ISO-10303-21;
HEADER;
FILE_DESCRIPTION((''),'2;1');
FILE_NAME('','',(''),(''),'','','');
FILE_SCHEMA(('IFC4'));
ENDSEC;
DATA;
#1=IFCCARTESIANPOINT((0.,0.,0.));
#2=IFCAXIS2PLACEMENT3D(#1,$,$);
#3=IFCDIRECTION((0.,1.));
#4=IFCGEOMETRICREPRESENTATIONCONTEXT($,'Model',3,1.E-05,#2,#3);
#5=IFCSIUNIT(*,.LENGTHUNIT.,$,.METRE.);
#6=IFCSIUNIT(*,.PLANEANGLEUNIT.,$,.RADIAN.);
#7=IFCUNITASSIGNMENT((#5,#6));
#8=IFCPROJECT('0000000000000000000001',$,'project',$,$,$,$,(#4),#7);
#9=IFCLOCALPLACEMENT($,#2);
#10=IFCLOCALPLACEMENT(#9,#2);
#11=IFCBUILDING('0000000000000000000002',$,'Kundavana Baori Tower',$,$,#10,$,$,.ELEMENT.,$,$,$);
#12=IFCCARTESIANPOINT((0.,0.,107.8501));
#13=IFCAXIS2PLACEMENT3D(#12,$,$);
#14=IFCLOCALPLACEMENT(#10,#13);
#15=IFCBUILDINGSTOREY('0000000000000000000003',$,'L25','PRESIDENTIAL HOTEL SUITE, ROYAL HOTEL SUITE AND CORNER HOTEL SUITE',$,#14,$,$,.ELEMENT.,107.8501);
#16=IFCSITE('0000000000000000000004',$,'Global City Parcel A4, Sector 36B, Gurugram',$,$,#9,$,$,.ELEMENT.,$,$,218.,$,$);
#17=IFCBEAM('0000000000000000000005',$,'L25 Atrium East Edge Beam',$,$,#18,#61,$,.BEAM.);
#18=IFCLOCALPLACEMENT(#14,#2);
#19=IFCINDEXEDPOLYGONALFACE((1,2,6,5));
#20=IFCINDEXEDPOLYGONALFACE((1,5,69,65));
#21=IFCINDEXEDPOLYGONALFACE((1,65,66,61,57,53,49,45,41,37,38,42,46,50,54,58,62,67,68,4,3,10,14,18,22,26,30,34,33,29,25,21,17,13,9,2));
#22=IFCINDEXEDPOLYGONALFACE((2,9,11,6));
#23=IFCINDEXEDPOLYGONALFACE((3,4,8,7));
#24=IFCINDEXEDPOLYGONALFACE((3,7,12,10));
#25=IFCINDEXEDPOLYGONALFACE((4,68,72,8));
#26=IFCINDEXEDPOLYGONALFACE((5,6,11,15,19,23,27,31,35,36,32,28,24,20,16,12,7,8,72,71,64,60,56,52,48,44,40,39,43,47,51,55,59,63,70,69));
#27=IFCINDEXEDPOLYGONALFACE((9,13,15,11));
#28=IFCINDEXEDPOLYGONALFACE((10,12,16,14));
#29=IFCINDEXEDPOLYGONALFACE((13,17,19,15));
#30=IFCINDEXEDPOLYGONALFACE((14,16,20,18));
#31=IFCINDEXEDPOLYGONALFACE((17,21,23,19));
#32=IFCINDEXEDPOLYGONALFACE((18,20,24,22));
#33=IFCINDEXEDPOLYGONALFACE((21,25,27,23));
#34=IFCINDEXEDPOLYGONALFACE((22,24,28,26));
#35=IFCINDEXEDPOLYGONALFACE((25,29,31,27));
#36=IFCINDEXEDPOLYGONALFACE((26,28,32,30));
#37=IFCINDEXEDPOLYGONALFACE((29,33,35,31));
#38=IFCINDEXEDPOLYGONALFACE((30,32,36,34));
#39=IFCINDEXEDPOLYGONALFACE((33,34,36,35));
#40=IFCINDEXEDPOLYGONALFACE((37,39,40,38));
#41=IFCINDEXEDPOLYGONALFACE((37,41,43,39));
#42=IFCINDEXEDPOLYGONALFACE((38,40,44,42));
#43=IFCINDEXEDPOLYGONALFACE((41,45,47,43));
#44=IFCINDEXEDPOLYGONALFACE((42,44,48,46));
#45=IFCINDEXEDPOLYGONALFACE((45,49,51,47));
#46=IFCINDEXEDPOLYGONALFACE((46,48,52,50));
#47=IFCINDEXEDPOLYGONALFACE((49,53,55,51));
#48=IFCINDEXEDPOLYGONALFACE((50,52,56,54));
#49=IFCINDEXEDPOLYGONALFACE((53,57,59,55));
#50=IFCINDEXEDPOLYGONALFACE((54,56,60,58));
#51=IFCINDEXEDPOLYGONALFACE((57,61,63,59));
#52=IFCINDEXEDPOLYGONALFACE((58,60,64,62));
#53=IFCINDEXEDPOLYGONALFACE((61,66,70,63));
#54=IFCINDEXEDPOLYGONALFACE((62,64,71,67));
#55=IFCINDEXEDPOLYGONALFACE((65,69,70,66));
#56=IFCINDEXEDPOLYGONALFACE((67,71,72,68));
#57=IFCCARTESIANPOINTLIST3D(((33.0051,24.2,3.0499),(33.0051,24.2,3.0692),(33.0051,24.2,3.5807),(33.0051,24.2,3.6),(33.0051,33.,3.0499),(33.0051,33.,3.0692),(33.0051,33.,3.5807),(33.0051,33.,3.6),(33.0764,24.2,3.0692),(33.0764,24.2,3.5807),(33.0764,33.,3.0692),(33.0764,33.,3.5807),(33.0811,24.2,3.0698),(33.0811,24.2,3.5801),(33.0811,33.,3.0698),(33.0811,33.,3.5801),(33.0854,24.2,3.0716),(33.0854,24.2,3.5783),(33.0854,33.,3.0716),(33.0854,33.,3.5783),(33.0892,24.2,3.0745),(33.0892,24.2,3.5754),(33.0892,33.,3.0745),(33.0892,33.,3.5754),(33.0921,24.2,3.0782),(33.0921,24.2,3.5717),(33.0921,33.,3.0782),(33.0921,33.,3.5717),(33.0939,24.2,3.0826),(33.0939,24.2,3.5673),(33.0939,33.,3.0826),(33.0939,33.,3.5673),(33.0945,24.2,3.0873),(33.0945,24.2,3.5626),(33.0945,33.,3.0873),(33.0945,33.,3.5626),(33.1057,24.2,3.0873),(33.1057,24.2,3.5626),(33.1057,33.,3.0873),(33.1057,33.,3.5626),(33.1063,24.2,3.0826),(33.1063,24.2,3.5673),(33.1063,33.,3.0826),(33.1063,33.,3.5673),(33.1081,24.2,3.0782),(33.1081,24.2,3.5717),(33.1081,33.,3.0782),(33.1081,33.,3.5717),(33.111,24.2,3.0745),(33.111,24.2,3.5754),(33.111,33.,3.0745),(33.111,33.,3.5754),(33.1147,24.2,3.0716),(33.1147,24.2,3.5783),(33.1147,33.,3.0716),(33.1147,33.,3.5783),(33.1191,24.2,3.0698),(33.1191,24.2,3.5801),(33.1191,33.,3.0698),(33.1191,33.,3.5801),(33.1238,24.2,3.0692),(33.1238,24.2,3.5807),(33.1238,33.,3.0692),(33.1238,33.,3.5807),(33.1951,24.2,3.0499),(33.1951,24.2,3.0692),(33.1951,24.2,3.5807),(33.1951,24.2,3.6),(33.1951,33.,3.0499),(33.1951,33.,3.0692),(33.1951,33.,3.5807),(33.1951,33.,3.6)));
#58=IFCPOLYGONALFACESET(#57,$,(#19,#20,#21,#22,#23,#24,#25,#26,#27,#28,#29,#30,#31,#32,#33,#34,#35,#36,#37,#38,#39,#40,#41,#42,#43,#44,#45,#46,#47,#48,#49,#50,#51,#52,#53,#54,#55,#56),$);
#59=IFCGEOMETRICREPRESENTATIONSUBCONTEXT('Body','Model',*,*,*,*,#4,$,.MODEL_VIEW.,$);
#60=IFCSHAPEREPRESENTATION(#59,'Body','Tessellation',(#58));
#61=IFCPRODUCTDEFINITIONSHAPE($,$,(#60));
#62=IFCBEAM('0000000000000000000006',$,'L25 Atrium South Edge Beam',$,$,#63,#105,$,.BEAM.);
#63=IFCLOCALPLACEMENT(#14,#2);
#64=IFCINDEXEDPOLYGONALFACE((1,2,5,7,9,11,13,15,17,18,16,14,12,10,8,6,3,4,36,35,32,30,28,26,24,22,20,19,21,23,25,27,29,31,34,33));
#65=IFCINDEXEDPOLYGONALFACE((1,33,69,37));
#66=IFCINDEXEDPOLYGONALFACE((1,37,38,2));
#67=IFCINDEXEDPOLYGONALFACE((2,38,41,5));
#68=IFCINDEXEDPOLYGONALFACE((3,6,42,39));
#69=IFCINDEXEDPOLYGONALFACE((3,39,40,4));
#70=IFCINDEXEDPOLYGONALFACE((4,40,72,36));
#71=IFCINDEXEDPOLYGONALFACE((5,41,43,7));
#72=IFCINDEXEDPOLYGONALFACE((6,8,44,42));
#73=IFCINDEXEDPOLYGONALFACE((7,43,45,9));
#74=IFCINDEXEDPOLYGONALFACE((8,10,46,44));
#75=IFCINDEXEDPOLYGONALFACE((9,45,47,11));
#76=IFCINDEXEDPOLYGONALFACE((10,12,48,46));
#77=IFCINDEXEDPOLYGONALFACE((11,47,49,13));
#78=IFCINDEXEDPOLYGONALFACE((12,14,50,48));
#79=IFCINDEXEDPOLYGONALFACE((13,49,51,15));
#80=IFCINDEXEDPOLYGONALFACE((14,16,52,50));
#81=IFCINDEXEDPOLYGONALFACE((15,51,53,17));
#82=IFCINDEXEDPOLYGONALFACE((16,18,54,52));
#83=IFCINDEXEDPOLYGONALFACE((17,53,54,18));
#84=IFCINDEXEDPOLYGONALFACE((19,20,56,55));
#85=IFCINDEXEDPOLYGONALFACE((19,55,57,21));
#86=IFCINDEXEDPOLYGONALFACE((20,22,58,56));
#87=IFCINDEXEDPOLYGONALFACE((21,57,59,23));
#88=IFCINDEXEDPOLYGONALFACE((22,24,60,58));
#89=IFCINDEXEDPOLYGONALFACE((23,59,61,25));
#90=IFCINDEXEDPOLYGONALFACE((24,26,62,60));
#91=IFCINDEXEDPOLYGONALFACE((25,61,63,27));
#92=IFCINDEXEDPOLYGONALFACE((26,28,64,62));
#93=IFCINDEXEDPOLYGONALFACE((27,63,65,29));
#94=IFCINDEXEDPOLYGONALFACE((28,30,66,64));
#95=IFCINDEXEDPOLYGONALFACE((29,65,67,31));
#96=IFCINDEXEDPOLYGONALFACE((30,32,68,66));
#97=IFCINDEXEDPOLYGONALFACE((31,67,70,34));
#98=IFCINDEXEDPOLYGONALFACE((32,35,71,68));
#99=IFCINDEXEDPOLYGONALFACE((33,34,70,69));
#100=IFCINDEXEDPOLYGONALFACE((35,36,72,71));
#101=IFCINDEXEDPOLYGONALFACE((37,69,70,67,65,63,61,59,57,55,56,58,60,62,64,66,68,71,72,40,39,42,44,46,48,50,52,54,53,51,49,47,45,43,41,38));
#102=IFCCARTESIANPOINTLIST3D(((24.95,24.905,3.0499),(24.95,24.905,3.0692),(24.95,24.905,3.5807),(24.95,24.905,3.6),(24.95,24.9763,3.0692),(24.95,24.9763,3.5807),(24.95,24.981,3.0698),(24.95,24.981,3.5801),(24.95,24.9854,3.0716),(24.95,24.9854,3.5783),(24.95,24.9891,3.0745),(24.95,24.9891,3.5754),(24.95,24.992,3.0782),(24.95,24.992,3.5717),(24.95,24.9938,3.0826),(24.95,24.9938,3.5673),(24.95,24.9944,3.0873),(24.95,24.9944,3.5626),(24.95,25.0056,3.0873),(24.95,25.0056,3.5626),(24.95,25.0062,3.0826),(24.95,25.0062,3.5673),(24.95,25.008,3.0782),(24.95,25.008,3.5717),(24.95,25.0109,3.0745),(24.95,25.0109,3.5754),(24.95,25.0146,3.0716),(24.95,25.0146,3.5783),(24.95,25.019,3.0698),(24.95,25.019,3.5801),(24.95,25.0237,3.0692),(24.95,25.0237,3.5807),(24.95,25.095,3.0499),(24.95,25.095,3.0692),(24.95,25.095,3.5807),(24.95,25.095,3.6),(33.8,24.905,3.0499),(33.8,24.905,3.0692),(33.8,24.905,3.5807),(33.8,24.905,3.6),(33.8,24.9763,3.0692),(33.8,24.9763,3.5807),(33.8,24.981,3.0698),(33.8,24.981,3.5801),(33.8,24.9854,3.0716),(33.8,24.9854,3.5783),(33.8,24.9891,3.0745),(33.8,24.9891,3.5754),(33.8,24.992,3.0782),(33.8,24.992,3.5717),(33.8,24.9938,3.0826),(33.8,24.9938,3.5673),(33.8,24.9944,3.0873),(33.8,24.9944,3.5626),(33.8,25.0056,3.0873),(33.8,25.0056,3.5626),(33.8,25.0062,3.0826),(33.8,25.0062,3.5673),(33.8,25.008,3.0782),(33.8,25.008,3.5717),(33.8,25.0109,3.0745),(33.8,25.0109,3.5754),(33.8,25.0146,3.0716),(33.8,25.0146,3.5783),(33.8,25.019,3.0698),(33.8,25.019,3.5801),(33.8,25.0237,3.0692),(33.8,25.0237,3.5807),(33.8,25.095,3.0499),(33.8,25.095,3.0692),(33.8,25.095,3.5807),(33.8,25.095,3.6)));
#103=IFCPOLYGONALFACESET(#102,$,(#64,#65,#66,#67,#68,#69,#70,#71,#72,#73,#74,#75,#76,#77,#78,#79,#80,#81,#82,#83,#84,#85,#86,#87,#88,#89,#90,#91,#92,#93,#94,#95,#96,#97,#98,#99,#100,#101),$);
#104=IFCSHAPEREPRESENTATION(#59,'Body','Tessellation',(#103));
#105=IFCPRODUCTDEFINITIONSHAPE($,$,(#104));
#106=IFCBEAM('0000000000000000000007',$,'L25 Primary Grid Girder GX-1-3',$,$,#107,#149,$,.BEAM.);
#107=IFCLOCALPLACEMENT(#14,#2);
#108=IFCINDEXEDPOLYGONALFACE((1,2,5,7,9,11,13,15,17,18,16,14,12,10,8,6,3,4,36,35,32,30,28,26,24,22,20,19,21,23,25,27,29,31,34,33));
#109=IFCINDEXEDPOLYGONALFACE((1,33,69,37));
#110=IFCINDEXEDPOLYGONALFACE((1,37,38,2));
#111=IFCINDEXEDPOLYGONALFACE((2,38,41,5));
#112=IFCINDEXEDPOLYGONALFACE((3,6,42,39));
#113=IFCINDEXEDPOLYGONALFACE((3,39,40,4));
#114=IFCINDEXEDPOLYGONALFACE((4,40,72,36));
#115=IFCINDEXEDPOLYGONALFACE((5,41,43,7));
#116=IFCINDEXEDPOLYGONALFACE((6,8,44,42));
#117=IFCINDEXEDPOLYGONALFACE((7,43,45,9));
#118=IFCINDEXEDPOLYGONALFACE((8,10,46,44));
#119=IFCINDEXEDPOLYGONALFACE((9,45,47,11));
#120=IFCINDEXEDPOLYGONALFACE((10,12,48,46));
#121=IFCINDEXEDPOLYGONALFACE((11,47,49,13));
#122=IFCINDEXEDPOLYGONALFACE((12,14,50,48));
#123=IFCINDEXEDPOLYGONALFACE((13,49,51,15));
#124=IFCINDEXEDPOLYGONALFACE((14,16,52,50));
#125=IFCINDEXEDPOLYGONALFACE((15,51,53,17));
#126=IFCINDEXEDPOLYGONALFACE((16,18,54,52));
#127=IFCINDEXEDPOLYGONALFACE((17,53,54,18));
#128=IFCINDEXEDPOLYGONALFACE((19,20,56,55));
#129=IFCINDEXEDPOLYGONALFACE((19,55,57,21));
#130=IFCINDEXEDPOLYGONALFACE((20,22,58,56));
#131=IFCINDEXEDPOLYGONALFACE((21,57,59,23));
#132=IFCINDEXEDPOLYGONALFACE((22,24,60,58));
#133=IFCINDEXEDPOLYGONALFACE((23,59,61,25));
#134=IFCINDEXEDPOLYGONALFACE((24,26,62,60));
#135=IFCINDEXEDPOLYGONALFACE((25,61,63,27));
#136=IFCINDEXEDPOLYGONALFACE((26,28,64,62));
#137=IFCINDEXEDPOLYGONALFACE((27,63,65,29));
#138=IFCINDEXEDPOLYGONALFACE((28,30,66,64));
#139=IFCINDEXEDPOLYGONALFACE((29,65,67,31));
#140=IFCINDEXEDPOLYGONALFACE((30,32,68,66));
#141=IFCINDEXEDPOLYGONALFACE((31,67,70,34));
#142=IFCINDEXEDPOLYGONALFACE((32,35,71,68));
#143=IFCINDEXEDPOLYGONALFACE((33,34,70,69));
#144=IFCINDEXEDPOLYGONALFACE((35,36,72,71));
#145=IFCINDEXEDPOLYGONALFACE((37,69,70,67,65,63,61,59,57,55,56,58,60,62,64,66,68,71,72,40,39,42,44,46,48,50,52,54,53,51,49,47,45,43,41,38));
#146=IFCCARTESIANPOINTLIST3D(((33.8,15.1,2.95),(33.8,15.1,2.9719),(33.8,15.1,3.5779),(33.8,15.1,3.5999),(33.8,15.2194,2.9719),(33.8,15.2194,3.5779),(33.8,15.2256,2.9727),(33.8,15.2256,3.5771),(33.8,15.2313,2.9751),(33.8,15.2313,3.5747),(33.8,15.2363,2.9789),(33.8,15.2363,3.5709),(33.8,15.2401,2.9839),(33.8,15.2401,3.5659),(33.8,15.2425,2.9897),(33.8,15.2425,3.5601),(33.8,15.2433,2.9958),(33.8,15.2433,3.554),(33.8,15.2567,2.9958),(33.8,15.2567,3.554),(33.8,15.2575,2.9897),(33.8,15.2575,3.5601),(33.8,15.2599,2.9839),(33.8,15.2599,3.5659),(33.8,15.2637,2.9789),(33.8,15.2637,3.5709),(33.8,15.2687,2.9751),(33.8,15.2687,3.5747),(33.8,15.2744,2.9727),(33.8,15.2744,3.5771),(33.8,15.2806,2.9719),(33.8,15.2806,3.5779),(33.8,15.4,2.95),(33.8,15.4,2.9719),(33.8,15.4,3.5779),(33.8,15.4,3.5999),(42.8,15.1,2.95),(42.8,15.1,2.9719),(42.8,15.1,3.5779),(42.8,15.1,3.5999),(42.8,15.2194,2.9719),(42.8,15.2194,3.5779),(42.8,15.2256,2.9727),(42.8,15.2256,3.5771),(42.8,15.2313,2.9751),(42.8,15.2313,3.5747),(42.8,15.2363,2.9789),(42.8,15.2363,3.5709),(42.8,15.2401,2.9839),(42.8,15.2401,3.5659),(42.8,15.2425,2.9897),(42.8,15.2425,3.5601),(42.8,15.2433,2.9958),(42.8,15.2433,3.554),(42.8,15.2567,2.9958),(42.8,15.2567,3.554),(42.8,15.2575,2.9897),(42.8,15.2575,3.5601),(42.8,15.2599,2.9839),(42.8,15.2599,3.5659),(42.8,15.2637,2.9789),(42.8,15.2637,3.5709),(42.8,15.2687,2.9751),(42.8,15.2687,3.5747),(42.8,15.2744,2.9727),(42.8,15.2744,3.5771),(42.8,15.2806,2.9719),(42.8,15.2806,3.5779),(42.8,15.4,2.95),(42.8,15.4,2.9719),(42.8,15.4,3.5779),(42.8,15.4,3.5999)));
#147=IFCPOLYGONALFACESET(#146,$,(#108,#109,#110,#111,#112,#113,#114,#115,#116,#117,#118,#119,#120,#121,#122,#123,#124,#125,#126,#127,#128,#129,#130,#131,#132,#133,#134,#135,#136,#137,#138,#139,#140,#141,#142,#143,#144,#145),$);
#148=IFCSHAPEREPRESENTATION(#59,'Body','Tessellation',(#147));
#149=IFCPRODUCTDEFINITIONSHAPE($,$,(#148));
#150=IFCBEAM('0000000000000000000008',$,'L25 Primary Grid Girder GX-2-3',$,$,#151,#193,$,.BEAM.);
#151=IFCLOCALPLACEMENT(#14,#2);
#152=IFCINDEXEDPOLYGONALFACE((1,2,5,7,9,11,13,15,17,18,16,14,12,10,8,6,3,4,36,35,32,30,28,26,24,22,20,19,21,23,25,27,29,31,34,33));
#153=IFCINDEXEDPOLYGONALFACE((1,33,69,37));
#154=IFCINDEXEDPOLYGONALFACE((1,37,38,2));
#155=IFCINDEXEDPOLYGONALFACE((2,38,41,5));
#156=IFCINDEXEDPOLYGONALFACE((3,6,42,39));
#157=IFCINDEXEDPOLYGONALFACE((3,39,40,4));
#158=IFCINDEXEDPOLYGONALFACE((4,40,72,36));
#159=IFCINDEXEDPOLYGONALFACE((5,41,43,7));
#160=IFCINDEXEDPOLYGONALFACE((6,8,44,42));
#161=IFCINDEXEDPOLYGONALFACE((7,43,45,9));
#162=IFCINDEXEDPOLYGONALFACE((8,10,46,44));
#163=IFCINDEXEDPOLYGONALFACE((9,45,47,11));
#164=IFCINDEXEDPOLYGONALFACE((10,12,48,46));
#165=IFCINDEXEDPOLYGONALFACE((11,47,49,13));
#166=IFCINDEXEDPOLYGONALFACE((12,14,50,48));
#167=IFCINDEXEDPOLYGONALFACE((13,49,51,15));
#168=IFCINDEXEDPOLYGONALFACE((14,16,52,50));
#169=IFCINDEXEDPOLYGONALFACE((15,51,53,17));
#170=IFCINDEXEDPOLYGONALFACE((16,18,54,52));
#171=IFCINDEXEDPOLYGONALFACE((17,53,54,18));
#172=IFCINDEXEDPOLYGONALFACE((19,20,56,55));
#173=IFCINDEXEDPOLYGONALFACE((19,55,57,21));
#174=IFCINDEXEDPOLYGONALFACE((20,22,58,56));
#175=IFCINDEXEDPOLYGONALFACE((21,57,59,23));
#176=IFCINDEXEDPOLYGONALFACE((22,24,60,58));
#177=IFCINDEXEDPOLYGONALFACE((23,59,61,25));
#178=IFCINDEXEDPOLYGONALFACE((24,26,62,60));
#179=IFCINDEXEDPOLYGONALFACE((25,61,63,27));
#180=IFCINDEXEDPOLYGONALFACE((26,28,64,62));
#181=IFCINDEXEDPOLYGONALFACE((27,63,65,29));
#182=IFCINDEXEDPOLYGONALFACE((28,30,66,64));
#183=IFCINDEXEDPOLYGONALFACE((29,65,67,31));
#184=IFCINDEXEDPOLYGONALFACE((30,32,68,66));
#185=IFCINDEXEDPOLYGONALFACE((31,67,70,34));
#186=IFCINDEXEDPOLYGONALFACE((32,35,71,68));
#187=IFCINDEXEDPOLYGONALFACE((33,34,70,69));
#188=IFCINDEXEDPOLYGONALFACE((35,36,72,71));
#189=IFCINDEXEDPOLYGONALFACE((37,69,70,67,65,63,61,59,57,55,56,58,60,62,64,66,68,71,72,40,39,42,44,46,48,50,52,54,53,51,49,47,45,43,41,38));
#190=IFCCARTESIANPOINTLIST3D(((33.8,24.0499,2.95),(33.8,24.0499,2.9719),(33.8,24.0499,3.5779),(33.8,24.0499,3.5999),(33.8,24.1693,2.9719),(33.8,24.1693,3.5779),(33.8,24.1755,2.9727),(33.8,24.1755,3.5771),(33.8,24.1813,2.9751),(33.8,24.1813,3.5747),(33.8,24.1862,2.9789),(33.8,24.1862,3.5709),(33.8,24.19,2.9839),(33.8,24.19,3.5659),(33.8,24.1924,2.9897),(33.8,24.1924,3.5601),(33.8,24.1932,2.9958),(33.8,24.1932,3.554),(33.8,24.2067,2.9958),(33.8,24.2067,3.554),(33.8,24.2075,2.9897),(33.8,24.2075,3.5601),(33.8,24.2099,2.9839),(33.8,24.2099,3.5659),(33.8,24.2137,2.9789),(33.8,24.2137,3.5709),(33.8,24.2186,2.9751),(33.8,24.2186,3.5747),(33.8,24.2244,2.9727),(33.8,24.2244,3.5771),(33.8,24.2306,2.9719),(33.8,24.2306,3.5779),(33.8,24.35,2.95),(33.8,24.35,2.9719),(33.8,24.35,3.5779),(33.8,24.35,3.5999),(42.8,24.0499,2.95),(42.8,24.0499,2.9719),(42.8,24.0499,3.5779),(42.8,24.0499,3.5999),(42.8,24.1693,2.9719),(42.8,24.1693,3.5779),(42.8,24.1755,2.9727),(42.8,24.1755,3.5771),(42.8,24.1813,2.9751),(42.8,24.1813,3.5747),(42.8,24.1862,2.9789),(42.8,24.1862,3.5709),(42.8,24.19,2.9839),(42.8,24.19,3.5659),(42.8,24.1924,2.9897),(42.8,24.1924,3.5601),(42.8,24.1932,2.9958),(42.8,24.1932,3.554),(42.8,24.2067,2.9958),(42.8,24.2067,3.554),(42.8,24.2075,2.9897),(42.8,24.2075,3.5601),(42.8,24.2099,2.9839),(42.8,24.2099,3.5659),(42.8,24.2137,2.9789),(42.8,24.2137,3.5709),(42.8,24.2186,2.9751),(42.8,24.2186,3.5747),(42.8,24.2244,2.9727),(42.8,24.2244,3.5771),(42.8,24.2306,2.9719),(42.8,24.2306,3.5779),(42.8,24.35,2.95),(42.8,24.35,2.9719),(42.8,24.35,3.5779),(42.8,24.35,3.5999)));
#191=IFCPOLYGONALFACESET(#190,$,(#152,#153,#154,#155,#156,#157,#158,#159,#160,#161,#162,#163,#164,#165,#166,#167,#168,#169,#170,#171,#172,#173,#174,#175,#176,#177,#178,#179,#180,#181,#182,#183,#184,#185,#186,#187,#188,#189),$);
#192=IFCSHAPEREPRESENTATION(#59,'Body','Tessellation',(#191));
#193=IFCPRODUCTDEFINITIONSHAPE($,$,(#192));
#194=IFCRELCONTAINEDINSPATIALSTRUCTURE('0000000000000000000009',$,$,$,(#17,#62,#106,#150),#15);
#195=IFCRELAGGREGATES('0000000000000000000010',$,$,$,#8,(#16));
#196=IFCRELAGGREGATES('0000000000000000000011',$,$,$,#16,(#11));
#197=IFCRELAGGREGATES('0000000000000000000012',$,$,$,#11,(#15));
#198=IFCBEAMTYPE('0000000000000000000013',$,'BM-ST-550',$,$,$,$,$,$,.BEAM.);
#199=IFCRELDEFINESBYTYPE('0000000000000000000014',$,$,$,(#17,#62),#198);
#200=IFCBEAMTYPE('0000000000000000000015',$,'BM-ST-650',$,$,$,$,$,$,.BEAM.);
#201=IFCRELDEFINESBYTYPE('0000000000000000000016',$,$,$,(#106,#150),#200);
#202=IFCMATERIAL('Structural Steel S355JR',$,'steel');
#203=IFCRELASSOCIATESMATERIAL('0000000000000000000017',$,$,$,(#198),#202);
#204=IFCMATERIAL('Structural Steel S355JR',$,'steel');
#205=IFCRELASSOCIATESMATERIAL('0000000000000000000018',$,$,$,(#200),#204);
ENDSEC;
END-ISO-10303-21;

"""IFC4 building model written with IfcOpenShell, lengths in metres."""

from ifc_helpers import new_model, si_unit, direction, frame, origin, origin_2d, place, context, subcontext, project, spatial, i_section, extrude, material, material_profile, profile_set, type_object, element, save


model = new_model("IFC4")

# Units and contexts
model_context = context("Model", 3, precision=1e-05, world=origin(), true_north=direction((0.0, 1.0)))
body_context = subcontext(model_context, "Body", "Model", "MODEL_VIEW")
ifc_project = project(units=[si_unit("LENGTHUNIT", "METRE"), si_unit("PLANEANGLEUNIT", "RADIAN")], contexts=[model_context])

# Site, building, storey
site_placement = place(None, origin())
site = spatial("IfcSite", under=ifc_project, at=site_placement, Name="Global City Parcel A4, Sector 36B, Gurugram", CompositionType="ELEMENT", RefElevation=218.0)
building_placement = place(site_placement, origin())
building = spatial("IfcBuilding", under=site, at=building_placement, Name="Kundavana Baori Tower", CompositionType="ELEMENT")
storey_placement = place(building_placement, frame((0.0, 0.0, 107.8501)))
storey = spatial("IfcBuildingStorey", under=building, at=storey_placement, Name="L25", Description="PRESIDENTIAL HOTEL SUITE, ROYAL HOTEL SUITE AND CORNER HOTEL SUITE", CompositionType="ELEMENT", Elevation=107.8501)

# Beams
ifc_material_1 = material(Name="Structural Steel S355JR", Category="steel")
ifc_material_profile_1 = material_profile(ifc_material_1, i_section(OverallWidth=0.1899, OverallDepth=0.55, WebThickness=0.0112, FlangeThickness=0.0193, FilletRadius=0.0181, at=origin_2d()), Name="ISMB 550")
ifc_profile_set_1 = profile_set([ifc_material_profile_1], Name="Structural Steel S355JR")
beam_type_1 = type_object("IfcBeamType", Name="BM-ST-550", PredefinedType="BEAM", material=ifc_profile_set_1)
for number, where, z_axis, x_axis, name in (
    (1, (33.1001, 24.2, 3.325), (0.0, 1.0, 0.0), (-1.0, 0.0, 0.0), "L25 Atrium East Edge Beam"),
):
    element("IfcBeam", number, at=place(storey_placement, frame(where, z_axis=z_axis, x_axis=x_axis)), inside=storey, type_object=beam_type_1, Name=name, PredefinedType="BEAM", context=body_context, shape_type="SweptSolid", body=[
        extrude(i_section(OverallWidth=0.1899, OverallDepth=0.55, WebThickness=0.0112, FlangeThickness=0.0193, FilletRadius=0.0181, at=origin_2d()), origin(), (0.0, 0.0, 1.0), 8.8),
    ])
beam_1_placement = place(storey_placement, frame((24.95, 25.0, 3.325), z_axis=(1.0, 0.0, 0.0), x_axis=(0.0, 1.0, 0.0)))
element("IfcBeam", 2, at=beam_1_placement, inside=storey, type_object=beam_type_1, Name="L25 Atrium South Edge Beam", PredefinedType="BEAM", context=body_context, shape_type="SweptSolid", body=[
    extrude(i_section(OverallWidth=0.1899, OverallDepth=0.55, WebThickness=0.0112, FlangeThickness=0.0193, FilletRadius=0.0181, at=origin_2d()), origin(), (0.0, 0.0, 1.0), 8.8501),
])
ifc_material_2 = material(Name="Structural Steel S355JR", Category="steel")
ifc_material_profile_2 = material_profile(ifc_material_2, i_section(OverallWidth=0.3, OverallDepth=0.6499, WebThickness=0.0134, FlangeThickness=0.022, FilletRadius=0.0239, at=origin_2d()), Name="NPB 650x300x155")
ifc_profile_set_2 = profile_set([ifc_material_profile_2], Name="Structural Steel S355JR")
beam_type_2 = type_object("IfcBeamType", Name="BM-ST-650", PredefinedType="BEAM", material=ifc_profile_set_2)
for number, where, z_axis, x_axis, name in (
    (3, (33.8, 15.25, 3.2749), (1.0, 0.0, 0.0), (0.0, 1.0, 0.0), "L25 Primary Grid Girder GX-1-3"),
    (4, (33.8, 24.2, 3.2749), (1.0, 0.0, 0.0), (0.0, 1.0, 0.0), "L25 Primary Grid Girder GX-2-3"),
):
    element("IfcBeam", number, at=place(storey_placement, frame(where, z_axis=z_axis, x_axis=x_axis)), inside=storey, type_object=beam_type_2, Name=name, PredefinedType="BEAM", context=body_context, shape_type="SweptSolid", body=[
        extrude(i_section(OverallWidth=0.3, OverallDepth=0.6499, WebThickness=0.0134, FlangeThickness=0.022, FilletRadius=0.0239, at=origin_2d()), origin(), (0.0, 0.0, 1.0), 9.0),
    ])

save(model, "model.ifc")
